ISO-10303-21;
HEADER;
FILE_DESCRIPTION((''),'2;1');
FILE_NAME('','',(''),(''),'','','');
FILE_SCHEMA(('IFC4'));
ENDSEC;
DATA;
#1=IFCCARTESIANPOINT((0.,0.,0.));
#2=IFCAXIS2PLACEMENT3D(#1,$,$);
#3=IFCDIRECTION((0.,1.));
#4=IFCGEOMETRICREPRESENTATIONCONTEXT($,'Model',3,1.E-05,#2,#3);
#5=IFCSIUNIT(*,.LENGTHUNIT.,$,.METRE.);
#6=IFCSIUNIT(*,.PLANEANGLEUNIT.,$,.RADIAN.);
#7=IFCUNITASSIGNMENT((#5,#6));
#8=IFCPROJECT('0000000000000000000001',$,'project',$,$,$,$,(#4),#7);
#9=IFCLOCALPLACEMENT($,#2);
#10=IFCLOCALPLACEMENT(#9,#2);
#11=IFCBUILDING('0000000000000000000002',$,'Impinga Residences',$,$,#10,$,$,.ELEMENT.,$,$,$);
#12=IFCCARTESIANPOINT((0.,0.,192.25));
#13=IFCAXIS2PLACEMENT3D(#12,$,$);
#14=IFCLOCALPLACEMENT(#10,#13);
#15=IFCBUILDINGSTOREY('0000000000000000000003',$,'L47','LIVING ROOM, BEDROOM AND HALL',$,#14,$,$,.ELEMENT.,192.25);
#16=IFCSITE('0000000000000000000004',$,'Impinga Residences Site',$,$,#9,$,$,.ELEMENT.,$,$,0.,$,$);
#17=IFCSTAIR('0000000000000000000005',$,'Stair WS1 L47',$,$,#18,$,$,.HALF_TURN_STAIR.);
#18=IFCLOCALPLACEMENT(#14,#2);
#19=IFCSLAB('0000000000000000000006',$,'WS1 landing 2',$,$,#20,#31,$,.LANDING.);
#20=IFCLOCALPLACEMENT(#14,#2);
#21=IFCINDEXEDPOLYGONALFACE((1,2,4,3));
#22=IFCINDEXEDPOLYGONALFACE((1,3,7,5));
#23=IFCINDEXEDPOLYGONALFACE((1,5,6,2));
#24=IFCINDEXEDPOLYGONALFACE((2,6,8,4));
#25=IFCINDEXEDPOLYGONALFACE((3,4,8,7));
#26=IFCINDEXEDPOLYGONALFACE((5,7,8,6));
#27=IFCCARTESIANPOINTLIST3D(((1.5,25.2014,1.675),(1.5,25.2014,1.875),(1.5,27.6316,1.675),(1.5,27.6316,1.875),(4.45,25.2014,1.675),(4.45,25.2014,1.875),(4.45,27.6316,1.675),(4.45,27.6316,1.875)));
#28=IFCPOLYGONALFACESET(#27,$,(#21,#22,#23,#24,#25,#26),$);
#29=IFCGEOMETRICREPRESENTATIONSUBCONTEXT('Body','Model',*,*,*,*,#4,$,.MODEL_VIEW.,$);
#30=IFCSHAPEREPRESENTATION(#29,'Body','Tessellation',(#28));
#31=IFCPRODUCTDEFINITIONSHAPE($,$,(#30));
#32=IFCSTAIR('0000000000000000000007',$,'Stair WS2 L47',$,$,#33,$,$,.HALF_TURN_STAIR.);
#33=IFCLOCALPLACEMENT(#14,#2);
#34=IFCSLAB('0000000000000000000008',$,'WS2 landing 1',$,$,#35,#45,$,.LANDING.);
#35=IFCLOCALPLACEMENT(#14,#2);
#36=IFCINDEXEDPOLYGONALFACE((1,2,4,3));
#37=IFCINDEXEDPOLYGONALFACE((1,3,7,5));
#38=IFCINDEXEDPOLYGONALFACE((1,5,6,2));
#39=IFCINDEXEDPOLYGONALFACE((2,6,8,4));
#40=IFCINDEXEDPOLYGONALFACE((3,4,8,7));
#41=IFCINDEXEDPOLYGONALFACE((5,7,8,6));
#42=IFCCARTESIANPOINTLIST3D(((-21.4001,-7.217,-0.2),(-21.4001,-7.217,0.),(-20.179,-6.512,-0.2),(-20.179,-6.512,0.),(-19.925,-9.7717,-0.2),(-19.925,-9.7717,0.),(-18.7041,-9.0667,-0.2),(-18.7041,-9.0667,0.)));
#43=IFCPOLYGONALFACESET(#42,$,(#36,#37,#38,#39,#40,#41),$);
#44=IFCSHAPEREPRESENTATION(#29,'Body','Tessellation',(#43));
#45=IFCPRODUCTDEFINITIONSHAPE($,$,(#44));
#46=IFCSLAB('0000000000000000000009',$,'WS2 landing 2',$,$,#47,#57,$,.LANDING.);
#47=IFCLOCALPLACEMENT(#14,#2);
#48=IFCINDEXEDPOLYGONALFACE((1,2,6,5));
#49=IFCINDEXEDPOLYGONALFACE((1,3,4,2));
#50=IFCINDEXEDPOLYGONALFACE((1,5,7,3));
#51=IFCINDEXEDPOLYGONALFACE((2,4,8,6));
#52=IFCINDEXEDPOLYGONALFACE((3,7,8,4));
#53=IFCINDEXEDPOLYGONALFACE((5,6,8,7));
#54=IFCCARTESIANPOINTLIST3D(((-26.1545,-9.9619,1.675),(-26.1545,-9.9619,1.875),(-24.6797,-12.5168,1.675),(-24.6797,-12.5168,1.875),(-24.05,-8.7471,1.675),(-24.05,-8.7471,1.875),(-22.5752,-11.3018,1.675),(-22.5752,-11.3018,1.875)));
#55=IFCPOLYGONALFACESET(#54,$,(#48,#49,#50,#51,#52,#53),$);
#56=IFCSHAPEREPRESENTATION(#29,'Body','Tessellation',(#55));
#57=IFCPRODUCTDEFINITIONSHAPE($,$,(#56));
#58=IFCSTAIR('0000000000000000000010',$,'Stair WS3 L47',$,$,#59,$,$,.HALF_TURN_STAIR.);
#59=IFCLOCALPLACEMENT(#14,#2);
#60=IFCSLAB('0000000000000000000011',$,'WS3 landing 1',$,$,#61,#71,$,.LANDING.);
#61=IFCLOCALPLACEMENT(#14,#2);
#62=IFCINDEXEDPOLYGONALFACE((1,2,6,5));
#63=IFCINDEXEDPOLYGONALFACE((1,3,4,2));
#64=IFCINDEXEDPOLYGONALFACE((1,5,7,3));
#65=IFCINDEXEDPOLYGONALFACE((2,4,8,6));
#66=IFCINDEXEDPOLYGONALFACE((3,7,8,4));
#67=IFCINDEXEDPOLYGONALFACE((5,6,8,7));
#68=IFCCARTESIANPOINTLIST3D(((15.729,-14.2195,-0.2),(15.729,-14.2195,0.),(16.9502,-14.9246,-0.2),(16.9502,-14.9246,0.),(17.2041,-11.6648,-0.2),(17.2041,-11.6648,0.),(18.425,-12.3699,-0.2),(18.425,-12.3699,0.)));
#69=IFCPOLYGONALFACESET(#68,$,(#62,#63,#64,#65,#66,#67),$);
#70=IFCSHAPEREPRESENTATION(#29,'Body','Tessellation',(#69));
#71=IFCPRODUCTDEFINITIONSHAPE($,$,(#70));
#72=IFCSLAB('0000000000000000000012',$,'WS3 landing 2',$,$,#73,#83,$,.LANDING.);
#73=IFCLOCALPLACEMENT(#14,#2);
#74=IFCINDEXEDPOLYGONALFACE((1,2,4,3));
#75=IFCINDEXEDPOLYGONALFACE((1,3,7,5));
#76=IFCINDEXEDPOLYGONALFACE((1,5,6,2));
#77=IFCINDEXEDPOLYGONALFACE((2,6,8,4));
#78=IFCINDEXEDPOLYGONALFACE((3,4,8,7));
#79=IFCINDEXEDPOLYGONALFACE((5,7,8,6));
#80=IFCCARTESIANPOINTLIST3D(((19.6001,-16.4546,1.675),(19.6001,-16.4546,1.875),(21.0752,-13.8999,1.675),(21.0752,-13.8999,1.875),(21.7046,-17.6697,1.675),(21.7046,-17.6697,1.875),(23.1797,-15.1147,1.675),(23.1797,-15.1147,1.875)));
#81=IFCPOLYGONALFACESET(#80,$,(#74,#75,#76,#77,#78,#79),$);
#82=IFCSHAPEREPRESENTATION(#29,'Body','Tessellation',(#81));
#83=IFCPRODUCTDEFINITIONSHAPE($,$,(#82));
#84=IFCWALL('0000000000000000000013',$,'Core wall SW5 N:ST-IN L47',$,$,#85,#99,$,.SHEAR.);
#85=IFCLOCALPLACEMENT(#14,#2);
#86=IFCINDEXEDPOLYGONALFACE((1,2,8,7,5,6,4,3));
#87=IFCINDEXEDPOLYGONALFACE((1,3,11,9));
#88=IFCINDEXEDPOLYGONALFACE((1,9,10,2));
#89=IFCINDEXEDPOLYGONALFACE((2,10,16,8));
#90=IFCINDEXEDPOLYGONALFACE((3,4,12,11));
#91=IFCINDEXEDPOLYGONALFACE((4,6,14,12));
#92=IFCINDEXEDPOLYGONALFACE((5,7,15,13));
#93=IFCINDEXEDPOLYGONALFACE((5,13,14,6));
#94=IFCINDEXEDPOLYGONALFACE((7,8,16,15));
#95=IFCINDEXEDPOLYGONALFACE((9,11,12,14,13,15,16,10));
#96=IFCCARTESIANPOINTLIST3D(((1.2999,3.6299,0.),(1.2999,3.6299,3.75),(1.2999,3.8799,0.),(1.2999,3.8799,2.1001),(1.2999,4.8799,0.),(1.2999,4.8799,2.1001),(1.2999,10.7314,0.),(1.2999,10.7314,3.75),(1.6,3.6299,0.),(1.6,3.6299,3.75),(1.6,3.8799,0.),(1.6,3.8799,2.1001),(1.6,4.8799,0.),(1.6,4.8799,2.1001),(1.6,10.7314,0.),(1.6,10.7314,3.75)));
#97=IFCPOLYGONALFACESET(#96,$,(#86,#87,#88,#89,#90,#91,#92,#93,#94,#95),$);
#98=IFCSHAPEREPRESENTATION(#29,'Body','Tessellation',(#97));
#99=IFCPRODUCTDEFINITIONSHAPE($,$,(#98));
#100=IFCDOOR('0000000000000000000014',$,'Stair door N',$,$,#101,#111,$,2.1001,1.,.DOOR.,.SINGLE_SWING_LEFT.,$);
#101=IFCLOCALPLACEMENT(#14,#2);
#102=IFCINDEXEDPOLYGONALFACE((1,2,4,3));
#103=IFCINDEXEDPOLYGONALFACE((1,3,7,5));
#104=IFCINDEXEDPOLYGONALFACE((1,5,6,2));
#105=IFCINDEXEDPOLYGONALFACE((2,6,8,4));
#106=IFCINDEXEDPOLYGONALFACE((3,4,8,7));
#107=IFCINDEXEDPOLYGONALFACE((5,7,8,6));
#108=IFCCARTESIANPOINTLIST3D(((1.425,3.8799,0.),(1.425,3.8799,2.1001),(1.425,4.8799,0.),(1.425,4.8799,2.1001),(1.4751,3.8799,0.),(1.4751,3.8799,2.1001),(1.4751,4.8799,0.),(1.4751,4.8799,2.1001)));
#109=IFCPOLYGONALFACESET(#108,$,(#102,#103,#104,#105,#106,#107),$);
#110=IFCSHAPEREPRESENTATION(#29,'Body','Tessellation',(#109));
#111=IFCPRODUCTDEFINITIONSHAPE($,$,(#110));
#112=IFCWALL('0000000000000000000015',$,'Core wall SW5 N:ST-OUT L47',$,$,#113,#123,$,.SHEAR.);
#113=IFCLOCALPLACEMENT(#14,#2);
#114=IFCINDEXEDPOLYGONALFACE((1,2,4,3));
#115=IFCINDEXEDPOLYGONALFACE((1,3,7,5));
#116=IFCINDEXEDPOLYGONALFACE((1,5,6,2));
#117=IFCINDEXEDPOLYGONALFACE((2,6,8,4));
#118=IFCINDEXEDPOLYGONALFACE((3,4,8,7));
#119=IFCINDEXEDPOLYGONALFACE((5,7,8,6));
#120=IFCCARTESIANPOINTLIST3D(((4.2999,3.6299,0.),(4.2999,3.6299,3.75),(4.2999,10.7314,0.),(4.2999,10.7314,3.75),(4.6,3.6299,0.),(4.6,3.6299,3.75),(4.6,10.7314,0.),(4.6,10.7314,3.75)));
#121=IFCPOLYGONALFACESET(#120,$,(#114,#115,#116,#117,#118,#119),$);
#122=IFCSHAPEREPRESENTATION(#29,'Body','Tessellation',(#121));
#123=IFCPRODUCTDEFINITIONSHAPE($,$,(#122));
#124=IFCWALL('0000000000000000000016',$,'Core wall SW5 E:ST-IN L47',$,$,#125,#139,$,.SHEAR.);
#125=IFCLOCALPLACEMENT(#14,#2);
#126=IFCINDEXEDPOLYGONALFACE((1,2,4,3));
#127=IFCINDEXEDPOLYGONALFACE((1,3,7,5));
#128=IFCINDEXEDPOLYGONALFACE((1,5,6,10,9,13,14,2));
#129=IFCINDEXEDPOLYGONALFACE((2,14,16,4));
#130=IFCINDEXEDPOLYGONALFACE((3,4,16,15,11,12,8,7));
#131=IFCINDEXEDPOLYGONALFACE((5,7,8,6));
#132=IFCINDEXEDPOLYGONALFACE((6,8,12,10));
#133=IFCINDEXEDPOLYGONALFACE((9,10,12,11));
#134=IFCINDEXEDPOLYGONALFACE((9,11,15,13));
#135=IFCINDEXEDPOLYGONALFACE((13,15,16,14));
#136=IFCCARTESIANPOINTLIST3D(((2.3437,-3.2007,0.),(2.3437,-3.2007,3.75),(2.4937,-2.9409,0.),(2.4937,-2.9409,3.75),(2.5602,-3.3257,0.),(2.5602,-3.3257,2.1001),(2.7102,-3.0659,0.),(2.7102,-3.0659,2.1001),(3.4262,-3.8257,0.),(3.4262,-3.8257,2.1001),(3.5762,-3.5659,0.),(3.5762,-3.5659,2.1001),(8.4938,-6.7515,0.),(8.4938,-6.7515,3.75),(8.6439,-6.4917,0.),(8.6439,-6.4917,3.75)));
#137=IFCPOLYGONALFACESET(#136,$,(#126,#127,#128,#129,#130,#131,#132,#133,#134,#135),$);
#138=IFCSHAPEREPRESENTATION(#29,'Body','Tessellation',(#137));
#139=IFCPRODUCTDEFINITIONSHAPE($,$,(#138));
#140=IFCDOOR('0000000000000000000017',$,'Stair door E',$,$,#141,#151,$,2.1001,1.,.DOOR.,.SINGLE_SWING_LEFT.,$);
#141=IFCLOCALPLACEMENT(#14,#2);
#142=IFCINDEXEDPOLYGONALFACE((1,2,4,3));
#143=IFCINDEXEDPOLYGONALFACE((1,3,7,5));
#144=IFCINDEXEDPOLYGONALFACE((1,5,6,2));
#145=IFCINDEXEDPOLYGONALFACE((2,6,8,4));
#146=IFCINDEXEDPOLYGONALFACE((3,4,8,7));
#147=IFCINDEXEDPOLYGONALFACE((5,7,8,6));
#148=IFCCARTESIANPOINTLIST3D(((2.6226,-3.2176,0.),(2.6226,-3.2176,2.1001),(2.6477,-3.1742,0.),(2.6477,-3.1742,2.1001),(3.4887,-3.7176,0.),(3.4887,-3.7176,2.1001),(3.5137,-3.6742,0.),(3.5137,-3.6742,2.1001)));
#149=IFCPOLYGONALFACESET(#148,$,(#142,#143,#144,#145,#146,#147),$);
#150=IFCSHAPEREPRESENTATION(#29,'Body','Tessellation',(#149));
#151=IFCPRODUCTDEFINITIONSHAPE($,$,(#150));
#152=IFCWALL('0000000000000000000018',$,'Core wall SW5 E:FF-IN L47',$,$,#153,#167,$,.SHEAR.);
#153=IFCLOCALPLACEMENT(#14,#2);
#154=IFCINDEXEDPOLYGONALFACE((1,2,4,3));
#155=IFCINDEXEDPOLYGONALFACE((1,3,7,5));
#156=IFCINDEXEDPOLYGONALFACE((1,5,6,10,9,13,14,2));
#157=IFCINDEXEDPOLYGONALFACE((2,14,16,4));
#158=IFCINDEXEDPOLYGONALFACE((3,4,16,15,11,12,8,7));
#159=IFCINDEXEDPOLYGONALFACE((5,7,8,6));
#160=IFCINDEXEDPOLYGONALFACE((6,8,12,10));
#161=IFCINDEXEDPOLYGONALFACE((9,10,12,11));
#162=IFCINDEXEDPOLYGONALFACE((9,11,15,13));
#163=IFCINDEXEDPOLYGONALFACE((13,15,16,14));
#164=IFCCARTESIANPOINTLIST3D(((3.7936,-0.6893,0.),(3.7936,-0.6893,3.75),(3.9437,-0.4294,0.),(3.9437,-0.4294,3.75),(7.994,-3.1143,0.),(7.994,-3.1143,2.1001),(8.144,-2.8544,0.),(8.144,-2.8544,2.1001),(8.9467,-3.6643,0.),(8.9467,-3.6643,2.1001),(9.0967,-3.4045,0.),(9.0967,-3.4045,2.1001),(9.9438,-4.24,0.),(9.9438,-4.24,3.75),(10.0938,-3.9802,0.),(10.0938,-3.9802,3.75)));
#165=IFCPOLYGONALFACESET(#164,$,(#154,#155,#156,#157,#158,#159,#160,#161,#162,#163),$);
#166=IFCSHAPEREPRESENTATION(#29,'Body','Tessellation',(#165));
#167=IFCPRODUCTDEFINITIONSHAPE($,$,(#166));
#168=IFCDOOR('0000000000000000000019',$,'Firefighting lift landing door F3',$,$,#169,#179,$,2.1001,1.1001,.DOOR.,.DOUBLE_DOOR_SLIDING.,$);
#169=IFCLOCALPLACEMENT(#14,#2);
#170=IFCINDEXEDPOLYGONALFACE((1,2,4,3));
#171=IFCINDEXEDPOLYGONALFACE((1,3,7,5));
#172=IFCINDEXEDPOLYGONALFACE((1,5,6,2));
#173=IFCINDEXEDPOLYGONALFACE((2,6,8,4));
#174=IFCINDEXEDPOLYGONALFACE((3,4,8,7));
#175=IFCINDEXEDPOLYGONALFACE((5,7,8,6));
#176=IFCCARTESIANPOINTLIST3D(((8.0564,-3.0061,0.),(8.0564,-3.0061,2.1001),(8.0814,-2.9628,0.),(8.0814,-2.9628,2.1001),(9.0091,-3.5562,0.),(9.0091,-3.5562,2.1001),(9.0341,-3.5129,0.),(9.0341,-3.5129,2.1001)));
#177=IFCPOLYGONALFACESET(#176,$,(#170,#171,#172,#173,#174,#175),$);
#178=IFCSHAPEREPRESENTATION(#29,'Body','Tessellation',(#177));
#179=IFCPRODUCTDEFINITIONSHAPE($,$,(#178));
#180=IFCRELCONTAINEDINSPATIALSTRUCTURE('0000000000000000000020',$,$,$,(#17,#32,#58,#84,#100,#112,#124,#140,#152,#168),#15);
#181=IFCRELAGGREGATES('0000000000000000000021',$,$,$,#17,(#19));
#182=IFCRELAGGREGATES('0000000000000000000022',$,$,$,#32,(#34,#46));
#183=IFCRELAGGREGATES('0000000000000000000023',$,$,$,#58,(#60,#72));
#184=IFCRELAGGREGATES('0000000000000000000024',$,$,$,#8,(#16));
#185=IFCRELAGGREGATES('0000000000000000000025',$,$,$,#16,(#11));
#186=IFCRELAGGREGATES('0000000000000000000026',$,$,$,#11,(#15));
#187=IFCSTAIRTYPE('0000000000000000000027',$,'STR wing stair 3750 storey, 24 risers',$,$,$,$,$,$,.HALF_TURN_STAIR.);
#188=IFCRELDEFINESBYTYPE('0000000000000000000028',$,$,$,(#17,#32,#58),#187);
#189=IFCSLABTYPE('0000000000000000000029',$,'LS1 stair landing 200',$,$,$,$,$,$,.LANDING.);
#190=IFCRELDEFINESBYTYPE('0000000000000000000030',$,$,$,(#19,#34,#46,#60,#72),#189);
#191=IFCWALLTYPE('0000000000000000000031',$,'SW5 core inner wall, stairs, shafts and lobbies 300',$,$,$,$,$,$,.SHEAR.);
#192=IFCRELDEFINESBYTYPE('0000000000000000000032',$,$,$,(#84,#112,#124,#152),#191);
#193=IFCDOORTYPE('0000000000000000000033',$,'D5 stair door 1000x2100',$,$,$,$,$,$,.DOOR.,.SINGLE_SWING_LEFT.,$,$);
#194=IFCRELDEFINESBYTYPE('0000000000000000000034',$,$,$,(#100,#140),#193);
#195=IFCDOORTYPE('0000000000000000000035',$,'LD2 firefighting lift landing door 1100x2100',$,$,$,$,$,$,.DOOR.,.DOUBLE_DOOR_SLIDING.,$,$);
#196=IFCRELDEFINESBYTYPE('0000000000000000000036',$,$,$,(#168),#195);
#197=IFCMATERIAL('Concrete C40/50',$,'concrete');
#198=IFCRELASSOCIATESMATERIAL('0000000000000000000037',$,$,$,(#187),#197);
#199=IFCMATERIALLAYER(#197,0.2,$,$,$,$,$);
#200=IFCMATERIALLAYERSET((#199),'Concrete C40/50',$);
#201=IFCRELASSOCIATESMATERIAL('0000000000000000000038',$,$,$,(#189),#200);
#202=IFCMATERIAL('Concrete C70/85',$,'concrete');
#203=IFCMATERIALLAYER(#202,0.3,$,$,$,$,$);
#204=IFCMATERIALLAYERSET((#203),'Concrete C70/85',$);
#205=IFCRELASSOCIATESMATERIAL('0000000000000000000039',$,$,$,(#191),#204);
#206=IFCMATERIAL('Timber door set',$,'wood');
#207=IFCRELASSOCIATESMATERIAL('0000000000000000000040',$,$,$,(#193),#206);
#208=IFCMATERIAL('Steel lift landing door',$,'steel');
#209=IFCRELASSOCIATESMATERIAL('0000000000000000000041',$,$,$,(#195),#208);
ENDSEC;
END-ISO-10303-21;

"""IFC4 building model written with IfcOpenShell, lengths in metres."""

from ifc_helpers import new_model, si_unit, direction, frame, frame_2d, origin, place, context, subcontext, project, spatial, polyline, rectangle, outline, extrude, material, layer, layer_set, type_object, element, fill, aggregate, save


model = new_model("IFC4")

# Units and contexts
model_context = context("Model", 3, precision=1e-05, world=origin(), true_north=direction((0.0, 1.0)))
body_context = subcontext(model_context, "Body", "Model", "MODEL_VIEW")
ifc_project = project(units=[si_unit("LENGTHUNIT", "METRE"), si_unit("PLANEANGLEUNIT", "RADIAN")], contexts=[model_context])

# Site, building, storey
site_placement = place(None, origin())
site = spatial("IfcSite", under=ifc_project, at=site_placement, Name="Impinga Residences Site", CompositionType="ELEMENT", RefElevation=0.0)
building_placement = place(site_placement, origin())
building = spatial("IfcBuilding", under=site, at=building_placement, Name="Impinga Residences", CompositionType="ELEMENT")
storey_placement = place(building_placement, frame((0.0, 0.0, 192.25)))
storey = spatial("IfcBuildingStorey", under=building, at=storey_placement, Name="L47", Description="LIVING ROOM, BEDROOM AND HALL", CompositionType="ELEMENT", Elevation=192.25)

# Stair, slab
ifc_material_1 = material(Name="Concrete C40/50", Category="concrete")
stair_type_1 = type_object("IfcStairType", Name="STR wing stair 3750 storey, 24 risers", PredefinedType="HALF_TURN_STAIR", material=ifc_material_1)
stair_1_placement = place(storey_placement, origin())
stair_1 = element("IfcStair", 1, at=stair_1_placement, inside=storey, type_object=stair_type_1, Name="Stair WS1 L47", PredefinedType="HALF_TURN_STAIR")
ifc_layer_1 = layer(ifc_material_1, 0.2)
ifc_layer_set_1 = layer_set([ifc_layer_1], Name="Concrete C40/50")
slab_type = type_object("IfcSlabType", Name="LS1 stair landing 200", PredefinedType="LANDING", material=ifc_layer_set_1)
slab_1_placement = place(storey_placement, frame((0.0, 0.0, 1.675)))
slab_1 = element("IfcSlab", 2, at=slab_1_placement, type_object=slab_type, Name="WS1 landing 2", PredefinedType="LANDING", context=body_context, shape_type="SweptSolid", body=[
    extrude(outline(polyline([(1.5, 25.2014), (4.45, 25.2014), (4.45, 27.6316), (1.5, 27.6316), (1.5, 25.2014)])), origin(), (0.0, 0.0, 1.0), 0.2),
])
aggregate(stair_1, [slab_1])

# Stairs, slabs
stair_2_placement = place(storey_placement, origin())
stair_2 = element("IfcStair", 3, at=stair_2_placement, inside=storey, type_object=stair_type_1, Name="Stair WS2 L47", PredefinedType="HALF_TURN_STAIR")
slab_2_placement = place(storey_placement, frame((0.0, 0.0, -0.2)))
slab_2 = element("IfcSlab", 4, at=slab_2_placement, type_object=slab_type, Name="WS2 landing 1", PredefinedType="LANDING", context=body_context, shape_type="SweptSolid", body=[
    extrude(outline(polyline([(-18.7041, -9.0667), (-20.179, -6.512), (-21.4001, -7.217), (-19.925, -9.7717), (-18.7041, -9.0667)])), origin(), (0.0, 0.0, 1.0), 0.2),
])
slab_3_placement = place(storey_placement, frame((0.0, 0.0, 1.675)))
slab_3 = element("IfcSlab", 5, at=slab_3_placement, type_object=slab_type, Name="WS2 landing 2", PredefinedType="LANDING", context=body_context, shape_type="SweptSolid", body=[
    extrude(outline(polyline([(-22.5752, -11.3018), (-24.05, -8.7471), (-26.1545, -9.9619), (-24.6797, -12.5168), (-22.5752, -11.3018)])), origin(), (0.0, 0.0, 1.0), 0.2),
])
aggregate(stair_2, [slab_2, slab_3])
stair_3_placement = place(storey_placement, origin())
stair_3 = element("IfcStair", 6, at=stair_3_placement, inside=storey, type_object=stair_type_1, Name="Stair WS3 L47", PredefinedType="HALF_TURN_STAIR")
slab_4_placement = place(storey_placement, frame((0.0, 0.0, -0.2)))
slab_4 = element("IfcSlab", 7, at=slab_4_placement, type_object=slab_type, Name="WS3 landing 1", PredefinedType="LANDING", context=body_context, shape_type="SweptSolid", body=[
    extrude(outline(polyline([(17.2041, -11.6648), (15.729, -14.2195), (16.9502, -14.9246), (18.425, -12.3699), (17.2041, -11.6648)])), origin(), (0.0, 0.0, 1.0), 0.2),
])
slab_5_placement = place(storey_placement, frame((0.0, 0.0, 1.675)))
slab_5 = element("IfcSlab", 8, at=slab_5_placement, type_object=slab_type, Name="WS3 landing 2", PredefinedType="LANDING", context=body_context, shape_type="SweptSolid", body=[
    extrude(outline(polyline([(21.0752, -13.8999), (19.6001, -16.4546), (21.7046, -17.6697), (23.1797, -15.1147), (21.0752, -13.8999)])), origin(), (0.0, 0.0, 1.0), 0.2),
])
aggregate(stair_3, [slab_4, slab_5])

# Wall, opening, door
ifc_material_2 = material(Name="Concrete C70/85", Category="concrete")
ifc_layer_2 = layer(ifc_material_2, 0.3)
ifc_layer_set_2 = layer_set([ifc_layer_2], Name="Concrete C70/85")
wall_type = type_object("IfcWallType", Name="SW5 core inner wall, stairs, shafts and lobbies 300", PredefinedType="SHEAR", material=ifc_layer_set_2)
wall_1_placement = place(storey_placement, frame((1.45, 3.6299, 0.0), z_axis=(0.0, 0.0, 1.0), x_axis=(0.0, 1.0, 0.0)))
wall_1 = element("IfcWall", 9, at=wall_1_placement, inside=storey, type_object=wall_type, Name="Core wall SW5 N:ST-IN L47", PredefinedType="SHEAR", context=body_context, shape_type="SweptSolid", body=[
    extrude(rectangle(XDim=7.1016, YDim=0.3, at=frame_2d((3.5508, 0.0))), origin(), (0.0, 0.0, 1.0), 3.75),
])
opening_1_placement = place(wall_1_placement, frame((0.25, 0.0, 0.0)))
opening_1 = element("IfcOpeningElement", 10, at=opening_1_placement, cuts=wall_1, PredefinedType="OPENING", context=body_context, shape_type="SweptSolid", body=[
    extrude(rectangle(XDim=1.0, YDim=2.1001, at=frame_2d((0.5, 1.05))), frame((0.0, 0.1599, 0.0), z_axis=(0.0, -1.0, 0.0), x_axis=(1.0, 0.0, 0.0)), (0.0, 0.0, 1.0), 0.3201),
])
ifc_material_3 = material(Name="Timber door set", Category="wood")
door_type_1 = type_object("IfcDoorType", Name="D5 stair door 1000x2100", OperationType="SINGLE_SWING_LEFT", PredefinedType="DOOR", material=ifc_material_3)
door_1_placement = place(opening_1_placement, origin())
door_1 = element("IfcDoor", 11, at=door_1_placement, inside=storey, type_object=door_type_1, Name="Stair door N", OperationType="SINGLE_SWING_LEFT", OverallHeight=2.1001, OverallWidth=1.0, PredefinedType="DOOR", context=body_context, shape_type="SweptSolid", body=[
    extrude(rectangle(XDim=1.0, YDim=2.1001, at=frame_2d((0.5, 1.05))), frame((0.0, 0.0249, 0.0), z_axis=(0.0, -1.0, 0.0), x_axis=(1.0, 0.0, 0.0)), (0.0, 0.0, 1.0), 0.05),
])
fill(opening_1, door_1)

# Wall
wall_2_placement = place(storey_placement, frame((4.45, 3.6299, 0.0), z_axis=(0.0, 0.0, 1.0), x_axis=(0.0, 1.0, 0.0)))
element("IfcWall", 12, at=wall_2_placement, inside=storey, type_object=wall_type, Name="Core wall SW5 N:ST-OUT L47", PredefinedType="SHEAR", context=body_context, shape_type="SweptSolid", body=[
    extrude(rectangle(XDim=7.1016, YDim=0.3, at=frame_2d((3.5508, 0.0))), origin(), (0.0, 0.0, 1.0), 3.75),
])

# Walls, openings, doors
wall_3_placement = place(storey_placement, frame((2.4187, -3.0708, 0.0), z_axis=(0.0, 0.0, 1.0), x_axis=(0.866026, -0.499999, 0.0)))
wall_3 = element("IfcWall", 13, at=wall_3_placement, inside=storey, type_object=wall_type, Name="Core wall SW5 E:ST-IN L47", PredefinedType="SHEAR", context=body_context, shape_type="SweptSolid", body=[
    extrude(rectangle(XDim=7.1016, YDim=0.3, at=frame_2d((3.5508, 0.0))), origin(), (0.0, 0.0, 1.0), 3.75),
])
opening_2_placement = place(wall_3_placement, frame((0.25, 0.0, 0.0)))
opening_2 = element("IfcOpeningElement", 14, at=opening_2_placement, cuts=wall_3, PredefinedType="OPENING", context=body_context, shape_type="SweptSolid", body=[
    extrude(rectangle(XDim=1.0, YDim=2.1001, at=frame_2d((0.5, 1.05))), frame((0.0, 0.1599, 0.0), z_axis=(0.0, -1.0, 0.0), x_axis=(1.0, 0.0, 0.0)), (0.0, 0.0, 1.0), 0.3201),
])
door_2_placement = place(opening_2_placement, origin())
door_2 = element("IfcDoor", 15, at=door_2_placement, inside=storey, type_object=door_type_1, Name="Stair door E", OperationType="SINGLE_SWING_LEFT", OverallHeight=2.1001, OverallWidth=1.0, PredefinedType="DOOR", context=body_context, shape_type="SweptSolid", body=[
    extrude(rectangle(XDim=1.0, YDim=2.1001, at=frame_2d((0.5, 1.05))), frame((0.0, 0.0249, 0.0), z_axis=(0.0, -1.0, 0.0), x_axis=(1.0, 0.0, 0.0)), (0.0, 0.0, 1.0), 0.05),
])
fill(opening_2, door_2)
wall_4_placement = place(storey_placement, frame((3.8687, -0.5593, 0.0), z_axis=(0.0, 0.0, 1.0), x_axis=(0.866026, -0.499999, 0.0)))
wall_4 = element("IfcWall", 16, at=wall_4_placement, inside=storey, type_object=wall_type, Name="Core wall SW5 E:FF-IN L47", PredefinedType="SHEAR", context=body_context, shape_type="SweptSolid", body=[
    extrude(rectangle(XDim=7.1016, YDim=0.3, at=frame_2d((3.5508, 0.0))), origin(), (0.0, 0.0, 1.0), 3.75),
])
opening_3_placement = place(wall_4_placement, frame((4.8501, 0.0, 0.0)))
opening_3 = element("IfcOpeningElement", 17, at=opening_3_placement, cuts=wall_4, PredefinedType="OPENING", context=body_context, shape_type="SweptSolid", body=[
    extrude(rectangle(XDim=1.1001, YDim=2.1001, at=frame_2d((0.55, 1.05))), frame((0.0, 0.1599, 0.0), z_axis=(0.0, -1.0, 0.0), x_axis=(1.0, 0.0, 0.0)), (0.0, 0.0, 1.0), 0.3201),
])
ifc_material_4 = material(Name="Steel lift landing door", Category="steel")
door_type_2 = type_object("IfcDoorType", Name="LD2 firefighting lift landing door 1100x2100", OperationType="DOUBLE_DOOR_SLIDING", PredefinedType="DOOR", material=ifc_material_4)
door_3_placement = place(opening_3_placement, origin())
door_3 = element("IfcDoor", 18, at=door_3_placement, inside=storey, type_object=door_type_2, Name="Firefighting lift landing door F3", OperationType="DOUBLE_DOOR_SLIDING", OverallHeight=2.1001, OverallWidth=1.1001, PredefinedType="DOOR", context=body_context, shape_type="SweptSolid", body=[
    extrude(rectangle(XDim=1.1001, YDim=2.1001, at=frame_2d((0.55, 1.05))), frame((0.0, 0.0249, 0.0), z_axis=(0.0, -1.0, 0.0), x_axis=(1.0, 0.0, 0.0)), (0.0, 0.0, 1.0), 0.05),
])
fill(opening_3, door_3)

save(model, "model.ifc")
